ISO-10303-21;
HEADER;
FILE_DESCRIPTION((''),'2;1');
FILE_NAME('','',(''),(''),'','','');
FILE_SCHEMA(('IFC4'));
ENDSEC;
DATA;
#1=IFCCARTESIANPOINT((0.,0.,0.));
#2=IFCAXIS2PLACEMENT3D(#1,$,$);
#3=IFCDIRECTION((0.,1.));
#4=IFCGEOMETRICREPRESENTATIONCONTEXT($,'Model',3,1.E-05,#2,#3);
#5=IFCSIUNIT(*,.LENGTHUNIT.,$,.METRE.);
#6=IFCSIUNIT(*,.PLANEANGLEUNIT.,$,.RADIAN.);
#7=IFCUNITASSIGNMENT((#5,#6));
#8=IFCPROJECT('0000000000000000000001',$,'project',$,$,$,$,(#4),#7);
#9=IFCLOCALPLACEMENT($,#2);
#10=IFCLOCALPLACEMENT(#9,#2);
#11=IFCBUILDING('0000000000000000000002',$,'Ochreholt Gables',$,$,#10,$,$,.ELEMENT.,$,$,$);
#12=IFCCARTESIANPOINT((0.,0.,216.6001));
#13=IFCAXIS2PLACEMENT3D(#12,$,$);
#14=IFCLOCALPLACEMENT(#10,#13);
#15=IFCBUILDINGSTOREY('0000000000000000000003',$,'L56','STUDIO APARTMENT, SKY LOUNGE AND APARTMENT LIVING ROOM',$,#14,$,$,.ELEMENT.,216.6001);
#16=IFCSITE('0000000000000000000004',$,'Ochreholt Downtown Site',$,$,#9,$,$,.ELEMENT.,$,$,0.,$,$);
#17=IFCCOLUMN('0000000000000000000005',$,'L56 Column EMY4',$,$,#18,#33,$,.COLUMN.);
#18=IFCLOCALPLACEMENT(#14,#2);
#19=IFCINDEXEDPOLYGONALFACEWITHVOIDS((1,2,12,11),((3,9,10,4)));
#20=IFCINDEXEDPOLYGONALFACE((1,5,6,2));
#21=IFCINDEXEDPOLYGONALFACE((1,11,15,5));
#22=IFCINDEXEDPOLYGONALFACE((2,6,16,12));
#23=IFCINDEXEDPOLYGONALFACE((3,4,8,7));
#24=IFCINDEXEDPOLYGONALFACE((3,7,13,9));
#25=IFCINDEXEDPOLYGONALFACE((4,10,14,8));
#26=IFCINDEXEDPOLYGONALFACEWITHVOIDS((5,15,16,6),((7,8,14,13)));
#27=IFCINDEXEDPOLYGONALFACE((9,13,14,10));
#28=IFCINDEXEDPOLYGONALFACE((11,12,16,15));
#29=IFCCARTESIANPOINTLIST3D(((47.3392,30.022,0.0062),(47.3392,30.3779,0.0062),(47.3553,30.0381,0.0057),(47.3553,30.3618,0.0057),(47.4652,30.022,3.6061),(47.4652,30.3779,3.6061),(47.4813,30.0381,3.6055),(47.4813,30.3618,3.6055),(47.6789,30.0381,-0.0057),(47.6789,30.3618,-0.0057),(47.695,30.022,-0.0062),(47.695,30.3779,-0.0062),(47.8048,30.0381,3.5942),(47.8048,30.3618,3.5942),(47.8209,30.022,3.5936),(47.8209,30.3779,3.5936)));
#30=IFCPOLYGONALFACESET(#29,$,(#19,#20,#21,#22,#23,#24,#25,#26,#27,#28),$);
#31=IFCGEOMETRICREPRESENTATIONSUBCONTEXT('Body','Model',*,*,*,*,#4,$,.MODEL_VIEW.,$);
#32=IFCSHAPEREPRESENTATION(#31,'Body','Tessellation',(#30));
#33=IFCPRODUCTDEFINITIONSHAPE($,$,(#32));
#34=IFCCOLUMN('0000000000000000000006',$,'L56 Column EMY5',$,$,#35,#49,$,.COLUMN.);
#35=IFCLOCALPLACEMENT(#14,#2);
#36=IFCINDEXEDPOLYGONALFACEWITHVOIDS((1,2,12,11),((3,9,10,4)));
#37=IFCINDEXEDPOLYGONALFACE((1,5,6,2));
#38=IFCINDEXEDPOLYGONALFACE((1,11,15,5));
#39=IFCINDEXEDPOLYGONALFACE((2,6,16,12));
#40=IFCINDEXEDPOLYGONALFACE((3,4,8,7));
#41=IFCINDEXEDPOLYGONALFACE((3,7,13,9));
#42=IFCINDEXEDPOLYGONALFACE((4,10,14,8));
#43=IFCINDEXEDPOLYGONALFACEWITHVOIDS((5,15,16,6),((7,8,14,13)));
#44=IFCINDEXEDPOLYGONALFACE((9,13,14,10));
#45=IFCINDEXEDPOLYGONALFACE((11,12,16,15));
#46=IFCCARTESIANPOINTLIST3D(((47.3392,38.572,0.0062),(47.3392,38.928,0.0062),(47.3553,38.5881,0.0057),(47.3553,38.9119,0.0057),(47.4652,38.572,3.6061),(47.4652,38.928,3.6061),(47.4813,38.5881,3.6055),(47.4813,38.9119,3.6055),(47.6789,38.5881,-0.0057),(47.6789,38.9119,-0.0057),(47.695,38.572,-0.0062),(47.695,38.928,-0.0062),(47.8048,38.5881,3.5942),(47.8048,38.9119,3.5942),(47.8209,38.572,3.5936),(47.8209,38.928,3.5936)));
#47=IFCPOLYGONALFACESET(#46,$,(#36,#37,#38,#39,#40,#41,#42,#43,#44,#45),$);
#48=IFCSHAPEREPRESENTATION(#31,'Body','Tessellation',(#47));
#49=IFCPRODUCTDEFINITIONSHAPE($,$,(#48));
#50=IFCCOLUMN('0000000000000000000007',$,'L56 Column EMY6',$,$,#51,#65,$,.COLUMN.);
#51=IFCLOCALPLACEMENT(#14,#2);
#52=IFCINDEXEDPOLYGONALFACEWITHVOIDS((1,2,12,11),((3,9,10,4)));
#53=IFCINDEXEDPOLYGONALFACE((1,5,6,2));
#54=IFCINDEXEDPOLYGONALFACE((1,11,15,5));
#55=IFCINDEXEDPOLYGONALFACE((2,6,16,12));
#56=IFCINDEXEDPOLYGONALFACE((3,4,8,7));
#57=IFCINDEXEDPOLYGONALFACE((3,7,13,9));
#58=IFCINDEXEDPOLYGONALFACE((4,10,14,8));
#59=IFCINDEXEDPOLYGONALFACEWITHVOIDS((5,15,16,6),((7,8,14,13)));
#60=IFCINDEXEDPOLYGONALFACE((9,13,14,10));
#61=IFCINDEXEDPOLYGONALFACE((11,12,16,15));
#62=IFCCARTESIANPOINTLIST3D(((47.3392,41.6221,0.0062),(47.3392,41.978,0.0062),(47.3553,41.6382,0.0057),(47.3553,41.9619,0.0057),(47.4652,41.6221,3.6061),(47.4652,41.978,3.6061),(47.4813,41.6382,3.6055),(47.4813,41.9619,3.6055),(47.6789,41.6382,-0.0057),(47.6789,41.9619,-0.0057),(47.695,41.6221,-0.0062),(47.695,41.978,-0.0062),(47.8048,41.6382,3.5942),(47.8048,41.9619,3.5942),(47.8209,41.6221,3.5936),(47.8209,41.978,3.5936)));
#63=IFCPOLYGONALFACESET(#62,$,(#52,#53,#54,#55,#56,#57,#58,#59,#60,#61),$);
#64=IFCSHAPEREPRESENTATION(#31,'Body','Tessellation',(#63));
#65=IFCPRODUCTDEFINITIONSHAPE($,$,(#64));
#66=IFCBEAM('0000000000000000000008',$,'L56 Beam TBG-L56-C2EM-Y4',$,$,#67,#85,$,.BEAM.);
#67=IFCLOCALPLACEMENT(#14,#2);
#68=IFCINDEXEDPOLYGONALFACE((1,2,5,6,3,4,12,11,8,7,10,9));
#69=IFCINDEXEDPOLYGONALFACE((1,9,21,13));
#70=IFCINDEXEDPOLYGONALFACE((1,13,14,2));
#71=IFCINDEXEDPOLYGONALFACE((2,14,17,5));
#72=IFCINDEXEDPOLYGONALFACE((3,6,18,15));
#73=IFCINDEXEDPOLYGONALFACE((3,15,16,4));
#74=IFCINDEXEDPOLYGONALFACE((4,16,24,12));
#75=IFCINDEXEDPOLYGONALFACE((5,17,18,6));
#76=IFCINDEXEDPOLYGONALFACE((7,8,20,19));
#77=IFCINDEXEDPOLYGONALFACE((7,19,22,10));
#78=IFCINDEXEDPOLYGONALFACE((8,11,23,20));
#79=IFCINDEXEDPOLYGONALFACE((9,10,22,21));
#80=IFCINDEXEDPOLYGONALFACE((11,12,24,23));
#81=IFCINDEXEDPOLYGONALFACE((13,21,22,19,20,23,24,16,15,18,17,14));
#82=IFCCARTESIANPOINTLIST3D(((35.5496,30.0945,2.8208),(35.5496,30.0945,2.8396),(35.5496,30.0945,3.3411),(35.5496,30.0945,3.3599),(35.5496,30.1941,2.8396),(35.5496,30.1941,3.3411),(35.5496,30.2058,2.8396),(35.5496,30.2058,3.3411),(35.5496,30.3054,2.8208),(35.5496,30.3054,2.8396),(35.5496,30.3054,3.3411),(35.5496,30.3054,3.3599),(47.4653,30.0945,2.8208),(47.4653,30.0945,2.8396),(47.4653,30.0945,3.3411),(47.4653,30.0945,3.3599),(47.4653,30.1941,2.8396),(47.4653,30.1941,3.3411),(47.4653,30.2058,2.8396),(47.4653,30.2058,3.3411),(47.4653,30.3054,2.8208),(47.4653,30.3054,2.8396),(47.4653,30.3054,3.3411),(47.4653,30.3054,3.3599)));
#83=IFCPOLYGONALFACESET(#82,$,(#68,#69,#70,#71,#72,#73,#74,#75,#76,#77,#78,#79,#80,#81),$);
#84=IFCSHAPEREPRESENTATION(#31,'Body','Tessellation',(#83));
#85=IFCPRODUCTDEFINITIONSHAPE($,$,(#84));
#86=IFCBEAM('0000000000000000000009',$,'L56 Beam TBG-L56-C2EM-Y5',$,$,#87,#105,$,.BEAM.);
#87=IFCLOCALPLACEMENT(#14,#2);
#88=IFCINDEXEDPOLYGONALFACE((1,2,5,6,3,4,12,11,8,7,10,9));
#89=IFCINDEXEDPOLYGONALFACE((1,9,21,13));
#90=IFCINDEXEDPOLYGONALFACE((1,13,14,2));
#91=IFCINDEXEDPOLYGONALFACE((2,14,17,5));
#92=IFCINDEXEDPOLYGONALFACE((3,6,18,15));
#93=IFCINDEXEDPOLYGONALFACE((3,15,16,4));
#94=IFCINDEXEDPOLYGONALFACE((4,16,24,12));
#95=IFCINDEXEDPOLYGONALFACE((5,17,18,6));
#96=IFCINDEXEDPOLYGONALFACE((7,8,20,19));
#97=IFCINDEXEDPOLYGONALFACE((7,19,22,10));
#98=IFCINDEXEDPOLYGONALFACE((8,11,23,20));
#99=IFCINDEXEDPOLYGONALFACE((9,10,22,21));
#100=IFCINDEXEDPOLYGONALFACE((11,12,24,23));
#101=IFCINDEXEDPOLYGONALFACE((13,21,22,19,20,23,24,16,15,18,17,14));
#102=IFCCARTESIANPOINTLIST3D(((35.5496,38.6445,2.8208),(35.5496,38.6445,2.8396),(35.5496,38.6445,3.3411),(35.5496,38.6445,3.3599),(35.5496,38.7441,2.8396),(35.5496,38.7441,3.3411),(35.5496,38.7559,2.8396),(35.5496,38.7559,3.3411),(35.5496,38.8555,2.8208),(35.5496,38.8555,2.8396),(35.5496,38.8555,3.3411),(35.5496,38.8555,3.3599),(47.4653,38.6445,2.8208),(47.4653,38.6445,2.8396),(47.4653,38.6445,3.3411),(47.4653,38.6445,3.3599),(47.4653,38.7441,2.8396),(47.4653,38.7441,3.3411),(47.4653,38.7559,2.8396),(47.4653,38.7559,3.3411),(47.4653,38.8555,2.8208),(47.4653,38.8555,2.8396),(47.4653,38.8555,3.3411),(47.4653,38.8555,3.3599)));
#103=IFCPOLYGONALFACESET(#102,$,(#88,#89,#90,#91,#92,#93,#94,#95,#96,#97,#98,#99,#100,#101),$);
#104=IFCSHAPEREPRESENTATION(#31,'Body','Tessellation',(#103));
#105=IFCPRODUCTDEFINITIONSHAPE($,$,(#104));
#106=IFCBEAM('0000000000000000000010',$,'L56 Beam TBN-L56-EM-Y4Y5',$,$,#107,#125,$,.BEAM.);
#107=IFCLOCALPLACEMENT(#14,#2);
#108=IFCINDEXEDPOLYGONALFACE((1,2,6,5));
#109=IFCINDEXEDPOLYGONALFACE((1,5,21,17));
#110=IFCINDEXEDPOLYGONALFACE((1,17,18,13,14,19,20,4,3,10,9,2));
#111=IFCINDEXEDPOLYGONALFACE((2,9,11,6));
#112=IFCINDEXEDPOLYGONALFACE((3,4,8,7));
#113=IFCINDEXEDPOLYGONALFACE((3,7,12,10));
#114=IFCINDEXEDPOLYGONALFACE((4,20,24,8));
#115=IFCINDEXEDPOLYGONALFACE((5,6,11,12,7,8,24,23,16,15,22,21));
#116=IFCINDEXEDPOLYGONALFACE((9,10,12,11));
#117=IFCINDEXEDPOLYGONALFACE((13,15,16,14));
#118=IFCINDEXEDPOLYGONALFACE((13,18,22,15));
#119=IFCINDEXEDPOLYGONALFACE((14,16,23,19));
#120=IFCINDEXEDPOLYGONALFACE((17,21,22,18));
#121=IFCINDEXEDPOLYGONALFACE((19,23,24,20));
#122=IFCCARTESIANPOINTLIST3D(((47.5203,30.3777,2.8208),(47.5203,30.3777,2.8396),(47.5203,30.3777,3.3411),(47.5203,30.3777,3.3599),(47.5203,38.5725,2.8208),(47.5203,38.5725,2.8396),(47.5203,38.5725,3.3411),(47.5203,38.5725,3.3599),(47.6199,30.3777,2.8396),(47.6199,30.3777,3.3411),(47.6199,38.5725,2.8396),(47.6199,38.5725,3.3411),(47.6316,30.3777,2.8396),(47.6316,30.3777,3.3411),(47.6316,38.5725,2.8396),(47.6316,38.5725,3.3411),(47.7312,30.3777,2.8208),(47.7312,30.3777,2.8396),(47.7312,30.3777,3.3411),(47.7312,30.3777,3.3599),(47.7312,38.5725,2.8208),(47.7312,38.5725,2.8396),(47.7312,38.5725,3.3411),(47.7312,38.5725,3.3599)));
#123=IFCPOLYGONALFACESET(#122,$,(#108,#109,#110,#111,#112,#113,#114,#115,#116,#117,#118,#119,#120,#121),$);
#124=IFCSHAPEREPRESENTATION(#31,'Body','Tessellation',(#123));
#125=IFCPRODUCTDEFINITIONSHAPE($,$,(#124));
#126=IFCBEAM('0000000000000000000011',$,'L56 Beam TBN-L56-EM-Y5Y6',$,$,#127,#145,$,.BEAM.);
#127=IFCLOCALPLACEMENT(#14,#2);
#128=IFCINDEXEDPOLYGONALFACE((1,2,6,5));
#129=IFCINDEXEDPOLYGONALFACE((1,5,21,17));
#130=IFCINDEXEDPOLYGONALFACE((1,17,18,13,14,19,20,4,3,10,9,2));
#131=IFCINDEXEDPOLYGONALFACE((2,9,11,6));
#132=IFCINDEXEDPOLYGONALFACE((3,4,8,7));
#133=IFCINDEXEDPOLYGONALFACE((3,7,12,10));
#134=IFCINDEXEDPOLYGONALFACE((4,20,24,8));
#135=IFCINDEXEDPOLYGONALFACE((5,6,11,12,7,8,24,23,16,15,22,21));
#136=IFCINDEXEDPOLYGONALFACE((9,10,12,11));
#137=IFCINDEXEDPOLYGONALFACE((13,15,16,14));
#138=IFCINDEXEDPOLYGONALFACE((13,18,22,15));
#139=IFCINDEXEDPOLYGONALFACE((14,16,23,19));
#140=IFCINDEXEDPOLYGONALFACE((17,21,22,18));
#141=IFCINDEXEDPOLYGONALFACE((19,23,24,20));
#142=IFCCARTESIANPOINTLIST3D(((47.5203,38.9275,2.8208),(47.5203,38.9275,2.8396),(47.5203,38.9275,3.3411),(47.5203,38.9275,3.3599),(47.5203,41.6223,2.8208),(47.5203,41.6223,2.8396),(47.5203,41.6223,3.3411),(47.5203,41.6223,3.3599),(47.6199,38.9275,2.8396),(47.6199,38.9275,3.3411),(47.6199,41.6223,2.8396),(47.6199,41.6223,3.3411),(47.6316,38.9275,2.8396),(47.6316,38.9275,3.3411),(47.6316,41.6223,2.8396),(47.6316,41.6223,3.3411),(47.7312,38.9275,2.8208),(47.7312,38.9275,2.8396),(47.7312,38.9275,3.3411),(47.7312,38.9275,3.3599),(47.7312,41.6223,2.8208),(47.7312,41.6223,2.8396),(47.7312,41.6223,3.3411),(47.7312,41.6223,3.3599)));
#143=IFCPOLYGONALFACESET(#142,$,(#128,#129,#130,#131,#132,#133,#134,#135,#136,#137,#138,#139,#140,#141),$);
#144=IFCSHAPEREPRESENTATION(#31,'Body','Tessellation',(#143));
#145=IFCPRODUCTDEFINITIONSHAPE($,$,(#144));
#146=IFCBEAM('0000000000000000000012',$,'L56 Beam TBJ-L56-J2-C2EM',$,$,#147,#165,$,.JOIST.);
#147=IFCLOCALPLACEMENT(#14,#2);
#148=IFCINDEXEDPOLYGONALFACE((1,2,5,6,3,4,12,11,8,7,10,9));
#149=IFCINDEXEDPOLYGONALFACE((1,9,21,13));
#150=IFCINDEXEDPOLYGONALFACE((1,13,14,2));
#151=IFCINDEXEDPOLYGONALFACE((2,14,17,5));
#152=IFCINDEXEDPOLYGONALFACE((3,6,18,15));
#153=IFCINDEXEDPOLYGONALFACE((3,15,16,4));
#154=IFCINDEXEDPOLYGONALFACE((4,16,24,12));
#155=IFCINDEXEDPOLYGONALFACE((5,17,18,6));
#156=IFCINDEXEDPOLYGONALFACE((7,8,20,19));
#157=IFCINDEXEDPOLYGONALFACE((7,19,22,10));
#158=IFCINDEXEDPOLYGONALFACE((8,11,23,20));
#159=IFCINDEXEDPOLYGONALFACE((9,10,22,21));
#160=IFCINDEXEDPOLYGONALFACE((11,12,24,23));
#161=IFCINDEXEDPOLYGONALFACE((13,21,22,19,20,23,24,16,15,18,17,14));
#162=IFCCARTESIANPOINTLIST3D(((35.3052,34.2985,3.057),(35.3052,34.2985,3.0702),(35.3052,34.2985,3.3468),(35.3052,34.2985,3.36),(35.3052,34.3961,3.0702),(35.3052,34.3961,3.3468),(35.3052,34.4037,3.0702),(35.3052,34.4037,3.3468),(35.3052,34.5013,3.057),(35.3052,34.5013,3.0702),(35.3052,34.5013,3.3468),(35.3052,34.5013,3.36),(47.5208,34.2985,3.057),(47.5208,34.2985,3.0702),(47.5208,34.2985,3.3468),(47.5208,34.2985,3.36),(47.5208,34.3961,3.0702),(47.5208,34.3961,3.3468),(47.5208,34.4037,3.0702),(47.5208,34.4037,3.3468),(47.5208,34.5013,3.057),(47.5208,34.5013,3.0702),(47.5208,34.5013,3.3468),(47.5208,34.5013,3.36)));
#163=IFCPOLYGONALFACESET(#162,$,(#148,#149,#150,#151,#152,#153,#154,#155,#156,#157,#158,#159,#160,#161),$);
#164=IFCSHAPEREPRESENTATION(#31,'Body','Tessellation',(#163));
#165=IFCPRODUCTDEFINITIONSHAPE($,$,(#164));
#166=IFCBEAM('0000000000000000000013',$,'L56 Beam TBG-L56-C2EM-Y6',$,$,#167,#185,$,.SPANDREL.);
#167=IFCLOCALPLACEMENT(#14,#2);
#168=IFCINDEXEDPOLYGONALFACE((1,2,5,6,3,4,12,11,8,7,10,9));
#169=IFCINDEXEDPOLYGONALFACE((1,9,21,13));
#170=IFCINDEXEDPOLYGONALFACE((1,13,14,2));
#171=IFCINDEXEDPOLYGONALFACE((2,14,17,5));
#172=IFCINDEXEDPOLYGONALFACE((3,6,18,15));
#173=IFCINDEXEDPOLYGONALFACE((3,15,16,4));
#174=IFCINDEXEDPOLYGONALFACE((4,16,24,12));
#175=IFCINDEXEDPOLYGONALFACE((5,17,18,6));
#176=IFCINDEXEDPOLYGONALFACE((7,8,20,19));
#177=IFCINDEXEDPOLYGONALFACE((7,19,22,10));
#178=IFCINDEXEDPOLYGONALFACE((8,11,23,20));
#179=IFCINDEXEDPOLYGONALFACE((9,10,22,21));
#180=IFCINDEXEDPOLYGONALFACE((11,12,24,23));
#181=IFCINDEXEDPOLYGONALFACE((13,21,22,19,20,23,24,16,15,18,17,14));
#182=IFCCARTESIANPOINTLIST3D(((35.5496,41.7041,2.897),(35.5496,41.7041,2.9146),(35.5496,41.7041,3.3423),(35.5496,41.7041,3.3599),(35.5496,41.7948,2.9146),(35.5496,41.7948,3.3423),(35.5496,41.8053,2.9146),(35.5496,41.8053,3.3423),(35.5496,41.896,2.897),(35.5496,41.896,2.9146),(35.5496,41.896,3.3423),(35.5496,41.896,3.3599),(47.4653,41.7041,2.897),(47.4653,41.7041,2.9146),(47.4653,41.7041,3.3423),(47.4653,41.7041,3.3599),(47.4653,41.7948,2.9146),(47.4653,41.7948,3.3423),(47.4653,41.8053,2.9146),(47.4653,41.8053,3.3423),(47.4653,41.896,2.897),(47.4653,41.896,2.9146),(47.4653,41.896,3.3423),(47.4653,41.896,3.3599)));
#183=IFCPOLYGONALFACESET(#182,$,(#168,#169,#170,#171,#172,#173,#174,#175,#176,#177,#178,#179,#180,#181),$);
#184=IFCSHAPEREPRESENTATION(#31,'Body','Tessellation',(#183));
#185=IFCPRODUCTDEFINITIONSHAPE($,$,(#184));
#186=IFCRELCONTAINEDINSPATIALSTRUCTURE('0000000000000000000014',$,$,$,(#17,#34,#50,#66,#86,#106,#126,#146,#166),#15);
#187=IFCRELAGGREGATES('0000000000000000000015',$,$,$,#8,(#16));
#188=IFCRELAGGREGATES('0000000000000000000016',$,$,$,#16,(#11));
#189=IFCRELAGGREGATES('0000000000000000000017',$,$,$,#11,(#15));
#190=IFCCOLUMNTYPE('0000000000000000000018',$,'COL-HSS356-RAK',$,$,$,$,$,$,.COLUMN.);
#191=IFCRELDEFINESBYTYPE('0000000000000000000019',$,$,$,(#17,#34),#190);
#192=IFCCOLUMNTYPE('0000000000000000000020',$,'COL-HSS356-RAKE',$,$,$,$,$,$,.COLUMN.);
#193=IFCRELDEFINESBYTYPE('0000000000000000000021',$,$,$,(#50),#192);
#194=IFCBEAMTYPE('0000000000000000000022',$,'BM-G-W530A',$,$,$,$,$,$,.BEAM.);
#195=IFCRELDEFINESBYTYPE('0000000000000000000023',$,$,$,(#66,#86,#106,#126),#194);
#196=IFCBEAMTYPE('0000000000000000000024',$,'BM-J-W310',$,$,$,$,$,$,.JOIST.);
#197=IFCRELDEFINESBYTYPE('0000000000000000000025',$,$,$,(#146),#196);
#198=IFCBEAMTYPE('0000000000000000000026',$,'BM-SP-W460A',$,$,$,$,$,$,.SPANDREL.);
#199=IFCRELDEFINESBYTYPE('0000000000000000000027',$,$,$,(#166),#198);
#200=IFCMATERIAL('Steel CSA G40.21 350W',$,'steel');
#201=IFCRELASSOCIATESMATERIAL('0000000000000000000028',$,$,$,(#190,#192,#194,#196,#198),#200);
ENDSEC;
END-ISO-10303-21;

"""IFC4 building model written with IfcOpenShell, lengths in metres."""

from ifc_helpers import new_model, si_unit, direction, frame, origin, origin_2d, place, context, subcontext, project, spatial, hollow_rectangle, i_section, extrude, material, material_profile, profile_set, type_object, element, save


model = new_model("IFC4")

# Units and contexts
model_context = context("Model", 3, precision=1e-05, world=origin(), true_north=direction((0.0, 1.0)))
body_context = subcontext(model_context, "Body", "Model", "MODEL_VIEW")
ifc_project = project(units=[si_unit("LENGTHUNIT", "METRE"), si_unit("PLANEANGLEUNIT", "RADIAN")], contexts=[model_context])

# Site, building, storey
site_placement = place(None, origin())
site = spatial("IfcSite", under=ifc_project, at=site_placement, Name="Ochreholt Downtown Site", CompositionType="ELEMENT", RefElevation=0.0)
building_placement = place(site_placement, origin())
building = spatial("IfcBuilding", under=site, at=building_placement, Name="Ochreholt Gables", CompositionType="ELEMENT")
storey_placement = place(building_placement, frame((0.0, 0.0, 216.6001)))
storey = spatial("IfcBuildingStorey", under=building, at=storey_placement, Name="L56", Description="STUDIO APARTMENT, SKY LOUNGE AND APARTMENT LIVING ROOM", CompositionType="ELEMENT", Elevation=216.6001)

# Columns
ifc_material_1 = material(Name="Steel CSA G40.21 350W", Category="steel")
ifc_material_profile_1 = material_profile(ifc_material_1, hollow_rectangle(XDim=0.356, YDim=0.356, WallThickness=0.0161, at=origin_2d()), Name="HSS356X356X16")
ifc_profile_set_1 = profile_set([ifc_material_profile_1], Name="Steel CSA G40.21 350W")
column_type_1 = type_object("IfcColumnType", Name="COL-HSS356-RAK", PredefinedType="COLUMN", material=ifc_profile_set_1)
for number, where, z_axis, x_axis, name in (
    (1, (47.5171, 30.2, 0.0), (0.034974, 0.0, 0.999388), (0.0, 1.0, 0.0), "L56 Column EMY4"),
    (2, (47.5171, 38.75, 0.0), (0.034974, 0.0, 0.999388), (0.0, 1.0, 0.0), "L56 Column EMY5"),
):
    element("IfcColumn", number, at=place(storey_placement, frame(where, z_axis=z_axis, x_axis=x_axis)), inside=storey, type_object=column_type_1, Name=name, PredefinedType="COLUMN", context=body_context, shape_type="SweptSolid", body=[
        extrude(hollow_rectangle(XDim=0.356, YDim=0.356, WallThickness=0.0161, at=origin_2d()), origin(), (0.0, 0.0, 1.0), 3.6021),
    ])
ifc_material_profile_2 = material_profile(ifc_material_1, hollow_rectangle(XDim=0.356, YDim=0.356, WallThickness=0.0161, at=origin_2d()), Name="HSS356X356X16")
ifc_profile_set_2 = profile_set([ifc_material_profile_2], Name="Steel CSA G40.21 350W")
column_type_2 = type_object("IfcColumnType", Name="COL-HSS356-RAKE", PredefinedType="COLUMN", material=ifc_profile_set_2)
column_placement = place(storey_placement, frame((47.5171, 41.8, 0.0), z_axis=(0.034974, 0.0, 0.999388), x_axis=(0.0, 1.0, 0.0)))
element("IfcColumn", 3, at=column_placement, inside=storey, type_object=column_type_2, Name="L56 Column EMY6", PredefinedType="COLUMN", context=body_context, shape_type="SweptSolid", body=[
    extrude(hollow_rectangle(XDim=0.356, YDim=0.356, WallThickness=0.0161, at=origin_2d()), origin(), (0.0, 0.0, 1.0), 3.6021),
])

# Beams
ifc_material_profile_3 = material_profile(ifc_material_1, i_section(OverallWidth=0.2109, OverallDepth=0.5391, WebThickness=0.0117, FlangeThickness=0.0188, at=origin_2d()), Name="W530X109")
ifc_profile_set_3 = profile_set([ifc_material_profile_3], Name="Steel CSA G40.21 350W")
beam_type_1 = type_object("IfcBeamType", Name="BM-G-W530A", PredefinedType="BEAM", material=ifc_profile_set_3)
for number, where, z_axis, x_axis, name in (
    (4, (35.5496, 30.2, 3.0903), (1.0, 0.0, 0.0), (0.0, 1.0, 0.0), "L56 Beam TBG-L56-C2EM-Y4"),
    (5, (35.5496, 38.75, 3.0903), (1.0, 0.0, 0.0), (0.0, 1.0, 0.0), "L56 Beam TBG-L56-C2EM-Y5"),
):
    element("IfcBeam", number, at=place(storey_placement, frame(where, z_axis=z_axis, x_axis=x_axis)), inside=storey, type_object=beam_type_1, Name=name, PredefinedType="BEAM", context=body_context, shape_type="SweptSolid", body=[
        extrude(i_section(OverallWidth=0.2109, OverallDepth=0.5391, WebThickness=0.0117, FlangeThickness=0.0188, at=origin_2d()), origin(), (0.0, 0.0, 1.0), 11.9158),
    ])
beam_1_placement = place(storey_placement, frame((47.6257, 30.3777, 3.0903), z_axis=(0.0, 1.0, 0.0), x_axis=(-1.0, 0.0, 0.0)))
element("IfcBeam", 6, at=beam_1_placement, inside=storey, type_object=beam_type_1, Name="L56 Beam TBN-L56-EM-Y4Y5", PredefinedType="BEAM", context=body_context, shape_type="SweptSolid", body=[
    extrude(i_section(OverallWidth=0.2109, OverallDepth=0.5391, WebThickness=0.0117, FlangeThickness=0.0188, at=origin_2d()), origin(), (0.0, 0.0, 1.0), 8.1948),
])
beam_2_placement = place(storey_placement, frame((47.6257, 38.9275, 3.0903), z_axis=(0.0, 1.0, 0.0), x_axis=(-1.0, 0.0, 0.0)))
element("IfcBeam", 7, at=beam_2_placement, inside=storey, type_object=beam_type_1, Name="L56 Beam TBN-L56-EM-Y5Y6", PredefinedType="BEAM", context=body_context, shape_type="SweptSolid", body=[
    extrude(i_section(OverallWidth=0.2109, OverallDepth=0.5391, WebThickness=0.0117, FlangeThickness=0.0188, at=origin_2d()), origin(), (0.0, 0.0, 1.0), 2.6948),
])
ifc_material_profile_4 = material_profile(ifc_material_1, i_section(OverallWidth=0.2029, OverallDepth=0.303, WebThickness=0.0076, FlangeThickness=0.0132, at=origin_2d()), Name="W310X60")
ifc_profile_set_4 = profile_set([ifc_material_profile_4], Name="Steel CSA G40.21 350W")
beam_type_2 = type_object("IfcBeamType", Name="BM-J-W310", PredefinedType="JOIST", material=ifc_profile_set_4)
beam_3_placement = place(storey_placement, frame((35.3052, 34.3999, 3.2085), z_axis=(1.0, 0.0, 0.0), x_axis=(0.0, 1.0, 0.0)))
element("IfcBeam", 8, at=beam_3_placement, inside=storey, type_object=beam_type_2, Name="L56 Beam TBJ-L56-J2-C2EM", PredefinedType="JOIST", context=body_context, shape_type="SweptSolid", body=[
    extrude(i_section(OverallWidth=0.2029, OverallDepth=0.303, WebThickness=0.0076, FlangeThickness=0.0132, at=origin_2d()), origin(), (0.0, 0.0, 1.0), 12.2156),
])
ifc_material_profile_5 = material_profile(ifc_material_1, i_section(OverallWidth=0.1919, OverallDepth=0.4629, WebThickness=0.0105, FlangeThickness=0.0176, at=origin_2d()), Name="W460X89")
ifc_profile_set_5 = profile_set([ifc_material_profile_5], Name="Steel CSA G40.21 350W")
beam_type_3 = type_object("IfcBeamType", Name="BM-SP-W460A", PredefinedType="SPANDREL", material=ifc_profile_set_5)
beam_4_placement = place(storey_placement, frame((35.5496, 41.8, 3.1284), z_axis=(1.0, 0.0, 0.0), x_axis=(0.0, 1.0, 0.0)))
element("IfcBeam", 9, at=beam_4_placement, inside=storey, type_object=beam_type_3, Name="L56 Beam TBG-L56-C2EM-Y6", PredefinedType="SPANDREL", context=body_context, shape_type="SweptSolid", body=[
    extrude(i_section(OverallWidth=0.1919, OverallDepth=0.4629, WebThickness=0.0105, FlangeThickness=0.0176, at=origin_2d()), origin(), (0.0, 0.0, 1.0), 11.9158),
])

save(model, "model.ifc")
